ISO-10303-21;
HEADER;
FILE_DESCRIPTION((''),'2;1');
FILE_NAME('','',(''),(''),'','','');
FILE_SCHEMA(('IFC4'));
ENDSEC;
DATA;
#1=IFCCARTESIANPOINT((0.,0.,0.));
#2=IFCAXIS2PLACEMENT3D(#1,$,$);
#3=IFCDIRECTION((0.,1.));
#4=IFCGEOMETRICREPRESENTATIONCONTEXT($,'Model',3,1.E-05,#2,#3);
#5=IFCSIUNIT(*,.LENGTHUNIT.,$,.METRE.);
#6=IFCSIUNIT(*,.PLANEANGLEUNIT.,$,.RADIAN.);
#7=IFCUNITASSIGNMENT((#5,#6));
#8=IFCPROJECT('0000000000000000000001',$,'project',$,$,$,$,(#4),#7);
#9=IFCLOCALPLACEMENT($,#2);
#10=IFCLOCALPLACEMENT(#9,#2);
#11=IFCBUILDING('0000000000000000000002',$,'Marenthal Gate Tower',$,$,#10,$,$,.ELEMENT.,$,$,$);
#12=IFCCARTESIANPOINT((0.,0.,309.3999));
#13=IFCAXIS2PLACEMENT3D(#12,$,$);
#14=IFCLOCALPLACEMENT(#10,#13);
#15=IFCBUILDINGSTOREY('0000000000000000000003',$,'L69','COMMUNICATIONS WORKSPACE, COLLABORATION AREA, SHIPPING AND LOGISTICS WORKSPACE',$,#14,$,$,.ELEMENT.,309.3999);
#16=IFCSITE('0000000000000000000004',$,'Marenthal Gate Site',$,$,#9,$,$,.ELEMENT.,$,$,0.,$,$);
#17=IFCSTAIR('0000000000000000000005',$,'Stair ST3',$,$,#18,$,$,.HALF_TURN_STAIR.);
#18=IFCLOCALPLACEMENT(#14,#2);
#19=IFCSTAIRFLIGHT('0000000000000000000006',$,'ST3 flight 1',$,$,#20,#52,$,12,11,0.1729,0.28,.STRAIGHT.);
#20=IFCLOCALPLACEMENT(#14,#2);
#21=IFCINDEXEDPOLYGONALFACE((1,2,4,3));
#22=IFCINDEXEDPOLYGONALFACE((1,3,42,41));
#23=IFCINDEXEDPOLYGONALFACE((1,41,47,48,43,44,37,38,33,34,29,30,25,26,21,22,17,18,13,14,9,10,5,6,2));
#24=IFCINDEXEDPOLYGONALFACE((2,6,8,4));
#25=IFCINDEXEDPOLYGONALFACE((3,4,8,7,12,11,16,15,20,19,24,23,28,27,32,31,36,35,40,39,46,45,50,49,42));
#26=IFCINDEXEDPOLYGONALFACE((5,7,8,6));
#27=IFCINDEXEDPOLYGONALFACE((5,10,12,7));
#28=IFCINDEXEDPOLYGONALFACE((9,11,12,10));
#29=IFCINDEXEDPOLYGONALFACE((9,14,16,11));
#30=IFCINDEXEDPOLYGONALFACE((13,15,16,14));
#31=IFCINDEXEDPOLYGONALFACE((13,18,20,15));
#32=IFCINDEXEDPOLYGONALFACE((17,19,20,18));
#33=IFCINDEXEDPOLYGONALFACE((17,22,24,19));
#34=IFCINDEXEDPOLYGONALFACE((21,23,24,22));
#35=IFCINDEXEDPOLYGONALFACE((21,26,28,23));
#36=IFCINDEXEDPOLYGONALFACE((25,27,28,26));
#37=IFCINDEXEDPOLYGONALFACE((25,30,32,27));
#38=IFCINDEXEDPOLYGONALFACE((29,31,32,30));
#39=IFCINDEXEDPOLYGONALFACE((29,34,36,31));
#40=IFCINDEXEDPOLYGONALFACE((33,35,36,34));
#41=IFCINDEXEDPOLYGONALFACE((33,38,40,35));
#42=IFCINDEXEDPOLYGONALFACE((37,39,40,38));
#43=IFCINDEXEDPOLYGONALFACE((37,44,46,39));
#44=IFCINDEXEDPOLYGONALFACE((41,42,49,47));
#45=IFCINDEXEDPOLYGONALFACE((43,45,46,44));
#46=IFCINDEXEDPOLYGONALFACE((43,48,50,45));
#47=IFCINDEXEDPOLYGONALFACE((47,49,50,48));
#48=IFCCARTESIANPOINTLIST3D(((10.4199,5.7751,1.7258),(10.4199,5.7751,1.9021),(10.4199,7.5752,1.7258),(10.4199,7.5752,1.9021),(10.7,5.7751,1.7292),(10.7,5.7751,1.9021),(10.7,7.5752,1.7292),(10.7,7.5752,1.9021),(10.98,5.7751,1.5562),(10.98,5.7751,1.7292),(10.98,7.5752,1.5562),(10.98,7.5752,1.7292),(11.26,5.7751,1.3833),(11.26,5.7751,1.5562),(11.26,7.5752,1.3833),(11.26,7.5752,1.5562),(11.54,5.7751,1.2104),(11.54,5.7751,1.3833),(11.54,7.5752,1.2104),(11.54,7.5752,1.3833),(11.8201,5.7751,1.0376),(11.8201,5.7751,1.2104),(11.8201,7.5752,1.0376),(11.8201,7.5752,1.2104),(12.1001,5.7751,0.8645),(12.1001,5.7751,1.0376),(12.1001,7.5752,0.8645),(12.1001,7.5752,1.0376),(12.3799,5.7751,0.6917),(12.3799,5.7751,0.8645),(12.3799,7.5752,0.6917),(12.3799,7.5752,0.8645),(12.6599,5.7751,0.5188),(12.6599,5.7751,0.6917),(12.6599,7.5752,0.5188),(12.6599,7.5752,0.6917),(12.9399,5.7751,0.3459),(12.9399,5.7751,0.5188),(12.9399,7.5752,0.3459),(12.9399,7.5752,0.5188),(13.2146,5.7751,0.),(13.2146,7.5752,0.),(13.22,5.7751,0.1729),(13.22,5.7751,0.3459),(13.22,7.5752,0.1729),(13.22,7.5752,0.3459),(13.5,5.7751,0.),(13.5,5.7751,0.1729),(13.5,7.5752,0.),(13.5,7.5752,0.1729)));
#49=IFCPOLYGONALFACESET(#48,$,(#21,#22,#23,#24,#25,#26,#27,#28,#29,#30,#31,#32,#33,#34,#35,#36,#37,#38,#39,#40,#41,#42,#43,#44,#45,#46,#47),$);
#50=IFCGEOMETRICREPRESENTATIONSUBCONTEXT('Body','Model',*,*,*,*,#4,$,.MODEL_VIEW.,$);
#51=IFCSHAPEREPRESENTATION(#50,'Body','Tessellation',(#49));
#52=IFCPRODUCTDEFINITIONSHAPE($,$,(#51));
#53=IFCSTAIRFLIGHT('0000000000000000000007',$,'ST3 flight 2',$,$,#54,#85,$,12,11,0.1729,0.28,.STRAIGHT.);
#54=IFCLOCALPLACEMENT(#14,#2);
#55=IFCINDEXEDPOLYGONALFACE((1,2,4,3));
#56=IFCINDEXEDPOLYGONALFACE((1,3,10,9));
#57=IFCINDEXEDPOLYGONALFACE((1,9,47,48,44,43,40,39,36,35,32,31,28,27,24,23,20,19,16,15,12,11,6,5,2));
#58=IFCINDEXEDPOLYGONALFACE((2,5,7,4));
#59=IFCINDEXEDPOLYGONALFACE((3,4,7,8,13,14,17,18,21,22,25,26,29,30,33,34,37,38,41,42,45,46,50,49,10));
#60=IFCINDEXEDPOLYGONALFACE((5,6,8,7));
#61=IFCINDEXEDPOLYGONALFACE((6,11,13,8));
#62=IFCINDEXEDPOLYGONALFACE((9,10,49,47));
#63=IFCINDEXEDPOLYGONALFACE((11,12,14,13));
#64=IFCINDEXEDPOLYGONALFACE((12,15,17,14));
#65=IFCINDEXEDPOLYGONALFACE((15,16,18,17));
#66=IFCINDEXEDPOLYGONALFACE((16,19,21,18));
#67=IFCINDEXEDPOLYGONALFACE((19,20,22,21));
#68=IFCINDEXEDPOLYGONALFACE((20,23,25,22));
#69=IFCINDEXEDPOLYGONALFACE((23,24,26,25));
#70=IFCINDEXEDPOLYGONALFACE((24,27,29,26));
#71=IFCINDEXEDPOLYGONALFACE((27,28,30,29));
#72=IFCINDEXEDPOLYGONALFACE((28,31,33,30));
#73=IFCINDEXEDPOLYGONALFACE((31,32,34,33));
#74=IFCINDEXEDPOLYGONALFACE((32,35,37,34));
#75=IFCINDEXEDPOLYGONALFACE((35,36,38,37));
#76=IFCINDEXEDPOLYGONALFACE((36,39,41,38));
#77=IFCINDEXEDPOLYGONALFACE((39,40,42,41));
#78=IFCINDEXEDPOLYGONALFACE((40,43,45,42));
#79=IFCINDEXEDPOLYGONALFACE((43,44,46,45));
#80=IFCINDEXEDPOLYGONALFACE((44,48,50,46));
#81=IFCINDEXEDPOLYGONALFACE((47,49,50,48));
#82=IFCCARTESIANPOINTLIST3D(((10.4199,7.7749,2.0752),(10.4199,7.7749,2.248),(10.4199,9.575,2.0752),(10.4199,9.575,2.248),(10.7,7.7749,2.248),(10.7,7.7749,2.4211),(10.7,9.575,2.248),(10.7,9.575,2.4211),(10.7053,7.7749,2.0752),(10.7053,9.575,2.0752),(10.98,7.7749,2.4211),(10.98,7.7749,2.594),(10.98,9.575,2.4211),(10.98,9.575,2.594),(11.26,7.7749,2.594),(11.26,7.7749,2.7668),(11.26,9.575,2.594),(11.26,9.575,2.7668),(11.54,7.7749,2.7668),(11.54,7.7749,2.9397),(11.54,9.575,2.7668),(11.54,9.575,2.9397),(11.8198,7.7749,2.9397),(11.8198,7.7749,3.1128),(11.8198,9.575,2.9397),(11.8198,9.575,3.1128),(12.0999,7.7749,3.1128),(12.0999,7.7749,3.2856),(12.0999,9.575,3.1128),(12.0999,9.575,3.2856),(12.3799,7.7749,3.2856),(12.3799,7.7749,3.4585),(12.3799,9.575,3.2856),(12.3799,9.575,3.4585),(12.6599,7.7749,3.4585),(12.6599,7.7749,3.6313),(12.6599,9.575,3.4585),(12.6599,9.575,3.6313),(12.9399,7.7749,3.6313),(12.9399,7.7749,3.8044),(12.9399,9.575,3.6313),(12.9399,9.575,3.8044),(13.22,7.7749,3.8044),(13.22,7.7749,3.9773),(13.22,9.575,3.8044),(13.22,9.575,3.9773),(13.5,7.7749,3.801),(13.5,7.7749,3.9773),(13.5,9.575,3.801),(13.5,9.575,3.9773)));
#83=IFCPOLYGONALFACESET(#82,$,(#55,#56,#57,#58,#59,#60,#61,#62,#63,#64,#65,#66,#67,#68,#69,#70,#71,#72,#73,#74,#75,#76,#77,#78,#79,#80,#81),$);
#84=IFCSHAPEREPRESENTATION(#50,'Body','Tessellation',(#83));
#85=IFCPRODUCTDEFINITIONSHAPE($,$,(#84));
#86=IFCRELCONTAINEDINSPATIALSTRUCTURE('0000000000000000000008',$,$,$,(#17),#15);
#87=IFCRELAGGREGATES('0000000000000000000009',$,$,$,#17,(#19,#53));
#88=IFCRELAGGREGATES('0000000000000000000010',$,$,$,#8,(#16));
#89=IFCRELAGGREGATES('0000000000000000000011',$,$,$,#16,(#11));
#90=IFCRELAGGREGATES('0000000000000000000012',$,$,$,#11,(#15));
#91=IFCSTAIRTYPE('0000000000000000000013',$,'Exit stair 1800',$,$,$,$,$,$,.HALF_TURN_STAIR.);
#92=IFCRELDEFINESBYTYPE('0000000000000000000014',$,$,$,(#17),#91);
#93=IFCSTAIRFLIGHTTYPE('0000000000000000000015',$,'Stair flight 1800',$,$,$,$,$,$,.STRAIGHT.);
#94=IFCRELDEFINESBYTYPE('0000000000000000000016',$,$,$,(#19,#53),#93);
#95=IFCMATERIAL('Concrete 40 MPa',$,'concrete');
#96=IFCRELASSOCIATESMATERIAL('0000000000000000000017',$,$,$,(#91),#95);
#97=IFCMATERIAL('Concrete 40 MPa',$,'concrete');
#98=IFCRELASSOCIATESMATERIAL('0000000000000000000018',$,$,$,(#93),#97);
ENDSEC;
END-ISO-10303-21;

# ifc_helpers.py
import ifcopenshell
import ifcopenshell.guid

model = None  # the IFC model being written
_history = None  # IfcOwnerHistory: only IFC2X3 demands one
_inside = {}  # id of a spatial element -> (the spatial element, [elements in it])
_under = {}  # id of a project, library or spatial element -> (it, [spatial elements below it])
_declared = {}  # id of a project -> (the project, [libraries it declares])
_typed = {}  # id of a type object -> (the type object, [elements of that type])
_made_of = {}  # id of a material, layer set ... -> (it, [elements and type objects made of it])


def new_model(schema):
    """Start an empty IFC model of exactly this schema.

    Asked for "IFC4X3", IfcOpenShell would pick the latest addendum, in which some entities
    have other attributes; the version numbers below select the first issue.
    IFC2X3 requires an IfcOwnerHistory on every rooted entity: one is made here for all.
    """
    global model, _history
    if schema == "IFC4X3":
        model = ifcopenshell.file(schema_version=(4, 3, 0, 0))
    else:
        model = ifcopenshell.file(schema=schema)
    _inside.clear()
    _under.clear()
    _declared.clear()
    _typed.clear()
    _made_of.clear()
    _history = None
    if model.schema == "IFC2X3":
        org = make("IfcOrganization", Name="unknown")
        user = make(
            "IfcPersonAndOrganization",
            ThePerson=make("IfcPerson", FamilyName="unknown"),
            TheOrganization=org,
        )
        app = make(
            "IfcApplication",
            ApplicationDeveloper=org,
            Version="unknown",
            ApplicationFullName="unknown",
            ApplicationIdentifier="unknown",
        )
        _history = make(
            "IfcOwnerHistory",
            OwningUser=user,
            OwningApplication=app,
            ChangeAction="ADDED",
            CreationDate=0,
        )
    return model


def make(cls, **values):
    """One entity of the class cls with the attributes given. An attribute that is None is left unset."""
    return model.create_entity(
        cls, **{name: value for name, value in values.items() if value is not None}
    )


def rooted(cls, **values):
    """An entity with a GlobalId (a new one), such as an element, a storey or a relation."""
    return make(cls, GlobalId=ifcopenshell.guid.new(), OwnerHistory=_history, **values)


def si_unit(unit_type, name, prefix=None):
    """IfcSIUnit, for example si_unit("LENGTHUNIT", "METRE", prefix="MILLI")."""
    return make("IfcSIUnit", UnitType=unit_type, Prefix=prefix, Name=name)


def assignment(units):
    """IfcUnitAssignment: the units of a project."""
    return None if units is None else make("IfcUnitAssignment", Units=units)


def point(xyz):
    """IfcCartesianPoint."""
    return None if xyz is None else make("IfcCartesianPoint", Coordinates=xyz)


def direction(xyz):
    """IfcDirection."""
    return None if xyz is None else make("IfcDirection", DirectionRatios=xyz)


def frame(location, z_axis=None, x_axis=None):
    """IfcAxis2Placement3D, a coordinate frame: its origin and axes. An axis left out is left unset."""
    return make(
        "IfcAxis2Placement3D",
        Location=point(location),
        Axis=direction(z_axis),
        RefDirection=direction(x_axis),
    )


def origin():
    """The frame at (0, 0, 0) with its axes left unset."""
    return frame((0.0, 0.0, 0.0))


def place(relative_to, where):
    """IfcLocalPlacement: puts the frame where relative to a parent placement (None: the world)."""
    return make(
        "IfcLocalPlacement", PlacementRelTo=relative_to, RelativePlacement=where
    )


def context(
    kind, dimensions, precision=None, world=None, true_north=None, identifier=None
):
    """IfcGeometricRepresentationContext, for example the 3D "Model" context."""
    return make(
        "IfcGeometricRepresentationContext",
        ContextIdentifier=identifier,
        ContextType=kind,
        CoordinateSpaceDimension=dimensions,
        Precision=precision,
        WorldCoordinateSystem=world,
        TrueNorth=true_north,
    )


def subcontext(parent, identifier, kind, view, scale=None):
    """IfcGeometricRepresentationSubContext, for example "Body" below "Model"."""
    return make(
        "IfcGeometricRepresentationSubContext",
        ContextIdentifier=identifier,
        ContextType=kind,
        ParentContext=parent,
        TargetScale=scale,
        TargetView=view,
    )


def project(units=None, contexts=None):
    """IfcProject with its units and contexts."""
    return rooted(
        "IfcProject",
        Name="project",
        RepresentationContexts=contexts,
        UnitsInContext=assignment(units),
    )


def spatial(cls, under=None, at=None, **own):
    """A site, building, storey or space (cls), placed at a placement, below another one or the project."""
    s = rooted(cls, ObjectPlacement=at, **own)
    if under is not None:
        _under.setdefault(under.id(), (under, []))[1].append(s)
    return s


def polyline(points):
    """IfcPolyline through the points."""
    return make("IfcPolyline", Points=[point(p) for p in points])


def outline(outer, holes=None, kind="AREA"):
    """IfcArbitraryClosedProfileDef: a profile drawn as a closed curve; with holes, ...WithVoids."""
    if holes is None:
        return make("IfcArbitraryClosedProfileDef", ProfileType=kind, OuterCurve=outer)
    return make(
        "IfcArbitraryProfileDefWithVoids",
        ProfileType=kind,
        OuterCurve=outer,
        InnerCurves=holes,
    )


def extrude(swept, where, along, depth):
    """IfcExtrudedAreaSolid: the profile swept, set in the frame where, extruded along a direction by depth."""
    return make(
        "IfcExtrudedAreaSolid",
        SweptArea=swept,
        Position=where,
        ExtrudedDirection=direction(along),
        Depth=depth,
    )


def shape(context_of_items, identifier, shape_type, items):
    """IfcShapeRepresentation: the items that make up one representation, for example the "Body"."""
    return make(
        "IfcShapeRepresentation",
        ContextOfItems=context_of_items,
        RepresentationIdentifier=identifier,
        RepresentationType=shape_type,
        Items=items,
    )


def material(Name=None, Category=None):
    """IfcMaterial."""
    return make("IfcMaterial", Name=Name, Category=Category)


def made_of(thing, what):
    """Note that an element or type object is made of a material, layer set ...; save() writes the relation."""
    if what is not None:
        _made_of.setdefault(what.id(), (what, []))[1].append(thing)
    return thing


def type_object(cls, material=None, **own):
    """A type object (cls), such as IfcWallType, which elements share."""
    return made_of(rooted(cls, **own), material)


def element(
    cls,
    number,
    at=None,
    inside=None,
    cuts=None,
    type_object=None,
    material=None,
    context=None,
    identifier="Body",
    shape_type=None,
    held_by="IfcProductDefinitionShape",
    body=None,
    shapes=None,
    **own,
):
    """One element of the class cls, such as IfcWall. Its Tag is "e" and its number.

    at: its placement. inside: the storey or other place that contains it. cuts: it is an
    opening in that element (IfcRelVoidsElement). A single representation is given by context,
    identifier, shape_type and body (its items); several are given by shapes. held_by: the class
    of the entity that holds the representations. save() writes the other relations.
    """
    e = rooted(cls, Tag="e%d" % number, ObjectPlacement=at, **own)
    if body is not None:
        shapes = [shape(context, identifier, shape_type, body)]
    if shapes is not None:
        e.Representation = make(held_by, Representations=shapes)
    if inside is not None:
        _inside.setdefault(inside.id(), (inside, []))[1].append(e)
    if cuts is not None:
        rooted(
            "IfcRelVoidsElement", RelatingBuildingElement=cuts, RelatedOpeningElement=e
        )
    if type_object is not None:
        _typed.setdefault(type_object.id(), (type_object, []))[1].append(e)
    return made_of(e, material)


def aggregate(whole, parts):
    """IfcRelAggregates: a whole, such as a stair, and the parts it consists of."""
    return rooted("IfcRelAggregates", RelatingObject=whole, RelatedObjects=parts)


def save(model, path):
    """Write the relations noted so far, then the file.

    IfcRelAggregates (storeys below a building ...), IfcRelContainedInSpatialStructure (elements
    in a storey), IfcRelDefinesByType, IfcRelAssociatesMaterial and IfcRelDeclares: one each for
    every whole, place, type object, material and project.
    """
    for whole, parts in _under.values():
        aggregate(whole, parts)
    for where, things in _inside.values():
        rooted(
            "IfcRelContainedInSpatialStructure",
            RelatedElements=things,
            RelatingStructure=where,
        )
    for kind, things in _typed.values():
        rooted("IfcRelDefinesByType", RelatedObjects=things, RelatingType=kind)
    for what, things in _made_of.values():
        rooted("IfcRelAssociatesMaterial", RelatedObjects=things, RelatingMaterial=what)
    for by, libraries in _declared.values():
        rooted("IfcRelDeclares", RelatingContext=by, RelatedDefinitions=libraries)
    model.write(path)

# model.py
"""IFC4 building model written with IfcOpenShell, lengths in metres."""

from ifc_helpers import new_model, si_unit, direction, frame, origin, place, context, subcontext, project, spatial, polyline, outline, extrude, material, type_object, element, aggregate, save


model = new_model("IFC4")

# Units and contexts
model_context = context("Model", 3, precision=1e-05, world=origin(), true_north=direction((0.0, 1.0)))
body_context = subcontext(model_context, "Body", "Model", "MODEL_VIEW")
ifc_project = project(units=[si_unit("LENGTHUNIT", "METRE"), si_unit("PLANEANGLEUNIT", "RADIAN")], contexts=[model_context])

# Site, building, storey
site_placement = place(None, origin())
site = spatial("IfcSite", under=ifc_project, at=site_placement, Name="Marenthal Gate Site", CompositionType="ELEMENT", RefElevation=0.0)
building_placement = place(site_placement, origin())
building = spatial("IfcBuilding", under=site, at=building_placement, Name="Marenthal Gate Tower", CompositionType="ELEMENT")
storey_placement = place(building_placement, frame((0.0, 0.0, 309.3999)))
storey = spatial("IfcBuildingStorey", under=building, at=storey_placement, Name="L69", Description="COMMUNICATIONS WORKSPACE, COLLABORATION AREA, SHIPPING AND LOGISTICS WORKSPACE", CompositionType="ELEMENT", Elevation=309.3999)

# Stair, stair flights
ifc_material_1 = material(Name="Concrete 40 MPa", Category="concrete")
stair_type = type_object("IfcStairType", Name="Exit stair 1800", PredefinedType="HALF_TURN_STAIR", material=ifc_material_1)
stair_placement = place(storey_placement, origin())
stair = element("IfcStair", 1, at=stair_placement, inside=storey, type_object=stair_type, Name="Stair ST3", PredefinedType="HALF_TURN_STAIR")
ifc_material_2 = material(Name="Concrete 40 MPa", Category="concrete")
stair_flight_type = type_object("IfcStairFlightType", Name="Stair flight 1800", PredefinedType="STRAIGHT", material=ifc_material_2)
stair_flight_1_placement = place(storey_placement, frame((13.5, 6.675, 0.0), z_axis=(0.0, 0.0, 1.0), x_axis=(-1.0, 0.0, 0.0)))
stair_flight_1 = element("IfcStairFlight", 2, at=stair_flight_1_placement, type_object=stair_flight_type, Name="ST3 flight 1", NumberOfRisers=12, NumberOfTreads=11, PredefinedType="STRAIGHT", RiserHeight=0.1729, TreadLength=0.28, context=body_context, shape_type="SweptSolid", body=[
    extrude(outline(polyline([(0.0, 0.0), (0.0, 0.1729), (0.28, 0.1729), (0.28, 0.3459), (0.5601, 0.3459), (0.5601, 0.5188), (0.8401, 0.5188), (0.8401, 0.6917), (1.1201, 0.6917), (1.1201, 0.8645), (1.3999, 0.8645), (1.3999, 1.0376), (1.6799, 1.0376), (1.6799, 1.2104), (1.96, 1.2104), (1.96, 1.3833), (2.24, 1.3833), (2.24, 1.5562), (2.52, 1.5562), (2.52, 1.7292), (2.8, 1.7292), (2.8, 1.9021), (3.0801, 1.9021), (3.0801, 2.075), (3.0801, 1.7258), (0.2854, 0.0), (0.0, 0.0)])), frame((0.0, 0.8999, 0.0), z_axis=(0.0, -1.0, 0.0), x_axis=(1.0, 0.0, 0.0)), (0.0, 0.0, 1.0), 1.8),
])
stair_flight_2_placement = place(storey_placement, frame((10.4199, 8.675, 2.0752), z_axis=(0.0, 0.0, 1.0), x_axis=(1.0, 0.0, 0.0)))
stair_flight_2 = element("IfcStairFlight", 3, at=stair_flight_2_placement, type_object=stair_flight_type, Name="ST3 flight 2", NumberOfRisers=12, NumberOfTreads=11, PredefinedType="STRAIGHT", RiserHeight=0.1729, TreadLength=0.28, context=body_context, shape_type="SweptSolid", body=[
    extrude(outline(polyline([(0.0, 0.0), (0.0, 0.1729), (0.28, 0.1729), (0.28, 0.3459), (0.5601, 0.3459), (0.5601, 0.5188), (0.8401, 0.5188), (0.8401, 0.6917), (1.1201, 0.6917), (1.1201, 0.8645), (1.3999, 0.8645), (1.3999, 1.0376), (1.6799, 1.0376), (1.6799, 1.2104), (1.96, 1.2104), (1.96, 1.3833), (2.24, 1.3833), (2.24, 1.5562), (2.52, 1.5562), (2.52, 1.7292), (2.8, 1.7292), (2.8, 1.9021), (3.0801, 1.9021), (3.0801, 2.075), (3.0801, 1.7258), (0.2854, 0.0), (0.0, 0.0)])), frame((0.0, 0.8999, 0.0), z_axis=(0.0, -1.0, 0.0), x_axis=(1.0, 0.0, 0.0)), (0.0, 0.0, 1.0), 1.8),
])
aggregate(stair, [stair_flight_1, stair_flight_2])

save(model, "model.ifc")
